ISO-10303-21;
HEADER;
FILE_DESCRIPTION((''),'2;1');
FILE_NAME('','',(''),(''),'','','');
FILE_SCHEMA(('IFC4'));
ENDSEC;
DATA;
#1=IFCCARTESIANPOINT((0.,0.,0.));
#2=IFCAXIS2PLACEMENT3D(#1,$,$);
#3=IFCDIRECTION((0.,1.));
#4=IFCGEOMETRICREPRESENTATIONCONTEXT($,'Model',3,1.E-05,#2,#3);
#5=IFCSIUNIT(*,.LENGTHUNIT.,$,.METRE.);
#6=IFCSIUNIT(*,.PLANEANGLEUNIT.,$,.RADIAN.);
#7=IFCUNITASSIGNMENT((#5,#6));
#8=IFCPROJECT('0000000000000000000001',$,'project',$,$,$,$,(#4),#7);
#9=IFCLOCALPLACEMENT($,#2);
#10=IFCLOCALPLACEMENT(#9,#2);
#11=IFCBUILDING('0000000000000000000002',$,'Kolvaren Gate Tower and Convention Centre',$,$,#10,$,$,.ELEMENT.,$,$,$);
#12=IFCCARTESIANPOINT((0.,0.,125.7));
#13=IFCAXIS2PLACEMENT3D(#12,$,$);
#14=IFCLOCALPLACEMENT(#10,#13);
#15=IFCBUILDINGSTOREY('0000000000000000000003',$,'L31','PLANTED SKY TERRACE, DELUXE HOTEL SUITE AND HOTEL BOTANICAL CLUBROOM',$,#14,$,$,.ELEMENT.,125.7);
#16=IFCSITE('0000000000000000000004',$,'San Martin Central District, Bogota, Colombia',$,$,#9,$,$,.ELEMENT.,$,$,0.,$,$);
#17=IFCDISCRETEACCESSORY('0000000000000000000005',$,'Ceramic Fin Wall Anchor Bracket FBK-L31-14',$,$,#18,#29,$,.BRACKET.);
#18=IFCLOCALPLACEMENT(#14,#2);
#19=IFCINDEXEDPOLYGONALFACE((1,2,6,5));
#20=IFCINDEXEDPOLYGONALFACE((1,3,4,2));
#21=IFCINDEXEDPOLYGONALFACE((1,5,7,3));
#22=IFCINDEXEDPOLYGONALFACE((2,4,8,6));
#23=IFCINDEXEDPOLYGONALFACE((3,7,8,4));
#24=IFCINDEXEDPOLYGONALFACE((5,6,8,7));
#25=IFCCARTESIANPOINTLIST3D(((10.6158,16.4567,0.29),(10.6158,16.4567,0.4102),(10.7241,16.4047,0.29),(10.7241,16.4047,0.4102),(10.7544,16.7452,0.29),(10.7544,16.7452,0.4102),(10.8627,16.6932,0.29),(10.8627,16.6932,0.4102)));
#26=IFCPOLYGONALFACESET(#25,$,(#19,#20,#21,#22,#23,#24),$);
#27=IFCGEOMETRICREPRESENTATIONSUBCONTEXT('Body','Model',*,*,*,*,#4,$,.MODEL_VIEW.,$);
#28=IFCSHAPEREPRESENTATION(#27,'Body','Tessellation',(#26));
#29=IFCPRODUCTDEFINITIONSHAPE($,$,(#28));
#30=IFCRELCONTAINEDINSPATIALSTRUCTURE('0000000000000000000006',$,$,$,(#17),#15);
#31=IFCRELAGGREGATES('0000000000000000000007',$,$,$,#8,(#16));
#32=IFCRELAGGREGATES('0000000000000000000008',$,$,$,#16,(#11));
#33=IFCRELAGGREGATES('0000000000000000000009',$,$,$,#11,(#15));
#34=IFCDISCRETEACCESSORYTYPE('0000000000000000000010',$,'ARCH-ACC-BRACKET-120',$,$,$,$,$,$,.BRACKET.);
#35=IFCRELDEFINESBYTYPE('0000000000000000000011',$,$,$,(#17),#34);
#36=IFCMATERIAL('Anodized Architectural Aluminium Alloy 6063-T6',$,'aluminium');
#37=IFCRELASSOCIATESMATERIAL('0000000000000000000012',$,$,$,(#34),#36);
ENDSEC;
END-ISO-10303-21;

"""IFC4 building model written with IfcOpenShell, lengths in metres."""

from ifc_helpers import new_model, si_unit, direction, frame, origin, origin_2d, place, context, subcontext, project, spatial, rectangle, extrude, material, type_object, element, save


model = new_model("IFC4")

# Units and contexts
model_context = context("Model", 3, precision=1e-05, world=origin(), true_north=direction((0.0, 1.0)))
body_context = subcontext(model_context, "Body", "Model", "MODEL_VIEW")
ifc_project = project(units=[si_unit("LENGTHUNIT", "METRE"), si_unit("PLANEANGLEUNIT", "RADIAN")], contexts=[model_context])

# Site, building, storey
site_placement = place(None, origin())
site = spatial("IfcSite", under=ifc_project, at=site_placement, Name="San Martin Central District, Bogota, Colombia", CompositionType="ELEMENT", RefElevation=0.0)
building_placement = place(site_placement, origin())
building = spatial("IfcBuilding", under=site, at=building_placement, Name="Kolvaren Gate Tower and Convention Centre", CompositionType="ELEMENT")
storey_placement = place(building_placement, frame((0.0, 0.0, 125.7)))
storey = spatial("IfcBuildingStorey", under=building, at=storey_placement, Name="L31", Description="PLANTED SKY TERRACE, DELUXE HOTEL SUITE AND HOTEL BOTANICAL CLUBROOM", CompositionType="ELEMENT", Elevation=125.7)

# Shared definitions
ifc_material_1 = material(Name="Anodized Architectural Aluminium Alloy 6063-T6", Category="aluminium")

# Discrete accessory
discrete_accessory_type = type_object("IfcDiscreteAccessoryType", Name="ARCH-ACC-BRACKET-120", PredefinedType="BRACKET", material=ifc_material_1)
discrete_accessory_placement = place(storey_placement, frame((10.7393, 16.575, 0.29), z_axis=(0.0, 0.0, 1.0), x_axis=(0.901363, -0.433065, 0.0)))
element("IfcDiscreteAccessory", 1, at=discrete_accessory_placement, inside=storey, type_object=discrete_accessory_type, Name="Ceramic Fin Wall Anchor Bracket FBK-L31-14", PredefinedType="BRACKET", context=body_context, shape_type="SweptSolid", body=[
    extrude(rectangle(XDim=0.1201, YDim=0.3201, at=origin_2d()), origin(), (0.0, 0.0, 1.0), 0.1201),
])

save(model, "model.ifc")
